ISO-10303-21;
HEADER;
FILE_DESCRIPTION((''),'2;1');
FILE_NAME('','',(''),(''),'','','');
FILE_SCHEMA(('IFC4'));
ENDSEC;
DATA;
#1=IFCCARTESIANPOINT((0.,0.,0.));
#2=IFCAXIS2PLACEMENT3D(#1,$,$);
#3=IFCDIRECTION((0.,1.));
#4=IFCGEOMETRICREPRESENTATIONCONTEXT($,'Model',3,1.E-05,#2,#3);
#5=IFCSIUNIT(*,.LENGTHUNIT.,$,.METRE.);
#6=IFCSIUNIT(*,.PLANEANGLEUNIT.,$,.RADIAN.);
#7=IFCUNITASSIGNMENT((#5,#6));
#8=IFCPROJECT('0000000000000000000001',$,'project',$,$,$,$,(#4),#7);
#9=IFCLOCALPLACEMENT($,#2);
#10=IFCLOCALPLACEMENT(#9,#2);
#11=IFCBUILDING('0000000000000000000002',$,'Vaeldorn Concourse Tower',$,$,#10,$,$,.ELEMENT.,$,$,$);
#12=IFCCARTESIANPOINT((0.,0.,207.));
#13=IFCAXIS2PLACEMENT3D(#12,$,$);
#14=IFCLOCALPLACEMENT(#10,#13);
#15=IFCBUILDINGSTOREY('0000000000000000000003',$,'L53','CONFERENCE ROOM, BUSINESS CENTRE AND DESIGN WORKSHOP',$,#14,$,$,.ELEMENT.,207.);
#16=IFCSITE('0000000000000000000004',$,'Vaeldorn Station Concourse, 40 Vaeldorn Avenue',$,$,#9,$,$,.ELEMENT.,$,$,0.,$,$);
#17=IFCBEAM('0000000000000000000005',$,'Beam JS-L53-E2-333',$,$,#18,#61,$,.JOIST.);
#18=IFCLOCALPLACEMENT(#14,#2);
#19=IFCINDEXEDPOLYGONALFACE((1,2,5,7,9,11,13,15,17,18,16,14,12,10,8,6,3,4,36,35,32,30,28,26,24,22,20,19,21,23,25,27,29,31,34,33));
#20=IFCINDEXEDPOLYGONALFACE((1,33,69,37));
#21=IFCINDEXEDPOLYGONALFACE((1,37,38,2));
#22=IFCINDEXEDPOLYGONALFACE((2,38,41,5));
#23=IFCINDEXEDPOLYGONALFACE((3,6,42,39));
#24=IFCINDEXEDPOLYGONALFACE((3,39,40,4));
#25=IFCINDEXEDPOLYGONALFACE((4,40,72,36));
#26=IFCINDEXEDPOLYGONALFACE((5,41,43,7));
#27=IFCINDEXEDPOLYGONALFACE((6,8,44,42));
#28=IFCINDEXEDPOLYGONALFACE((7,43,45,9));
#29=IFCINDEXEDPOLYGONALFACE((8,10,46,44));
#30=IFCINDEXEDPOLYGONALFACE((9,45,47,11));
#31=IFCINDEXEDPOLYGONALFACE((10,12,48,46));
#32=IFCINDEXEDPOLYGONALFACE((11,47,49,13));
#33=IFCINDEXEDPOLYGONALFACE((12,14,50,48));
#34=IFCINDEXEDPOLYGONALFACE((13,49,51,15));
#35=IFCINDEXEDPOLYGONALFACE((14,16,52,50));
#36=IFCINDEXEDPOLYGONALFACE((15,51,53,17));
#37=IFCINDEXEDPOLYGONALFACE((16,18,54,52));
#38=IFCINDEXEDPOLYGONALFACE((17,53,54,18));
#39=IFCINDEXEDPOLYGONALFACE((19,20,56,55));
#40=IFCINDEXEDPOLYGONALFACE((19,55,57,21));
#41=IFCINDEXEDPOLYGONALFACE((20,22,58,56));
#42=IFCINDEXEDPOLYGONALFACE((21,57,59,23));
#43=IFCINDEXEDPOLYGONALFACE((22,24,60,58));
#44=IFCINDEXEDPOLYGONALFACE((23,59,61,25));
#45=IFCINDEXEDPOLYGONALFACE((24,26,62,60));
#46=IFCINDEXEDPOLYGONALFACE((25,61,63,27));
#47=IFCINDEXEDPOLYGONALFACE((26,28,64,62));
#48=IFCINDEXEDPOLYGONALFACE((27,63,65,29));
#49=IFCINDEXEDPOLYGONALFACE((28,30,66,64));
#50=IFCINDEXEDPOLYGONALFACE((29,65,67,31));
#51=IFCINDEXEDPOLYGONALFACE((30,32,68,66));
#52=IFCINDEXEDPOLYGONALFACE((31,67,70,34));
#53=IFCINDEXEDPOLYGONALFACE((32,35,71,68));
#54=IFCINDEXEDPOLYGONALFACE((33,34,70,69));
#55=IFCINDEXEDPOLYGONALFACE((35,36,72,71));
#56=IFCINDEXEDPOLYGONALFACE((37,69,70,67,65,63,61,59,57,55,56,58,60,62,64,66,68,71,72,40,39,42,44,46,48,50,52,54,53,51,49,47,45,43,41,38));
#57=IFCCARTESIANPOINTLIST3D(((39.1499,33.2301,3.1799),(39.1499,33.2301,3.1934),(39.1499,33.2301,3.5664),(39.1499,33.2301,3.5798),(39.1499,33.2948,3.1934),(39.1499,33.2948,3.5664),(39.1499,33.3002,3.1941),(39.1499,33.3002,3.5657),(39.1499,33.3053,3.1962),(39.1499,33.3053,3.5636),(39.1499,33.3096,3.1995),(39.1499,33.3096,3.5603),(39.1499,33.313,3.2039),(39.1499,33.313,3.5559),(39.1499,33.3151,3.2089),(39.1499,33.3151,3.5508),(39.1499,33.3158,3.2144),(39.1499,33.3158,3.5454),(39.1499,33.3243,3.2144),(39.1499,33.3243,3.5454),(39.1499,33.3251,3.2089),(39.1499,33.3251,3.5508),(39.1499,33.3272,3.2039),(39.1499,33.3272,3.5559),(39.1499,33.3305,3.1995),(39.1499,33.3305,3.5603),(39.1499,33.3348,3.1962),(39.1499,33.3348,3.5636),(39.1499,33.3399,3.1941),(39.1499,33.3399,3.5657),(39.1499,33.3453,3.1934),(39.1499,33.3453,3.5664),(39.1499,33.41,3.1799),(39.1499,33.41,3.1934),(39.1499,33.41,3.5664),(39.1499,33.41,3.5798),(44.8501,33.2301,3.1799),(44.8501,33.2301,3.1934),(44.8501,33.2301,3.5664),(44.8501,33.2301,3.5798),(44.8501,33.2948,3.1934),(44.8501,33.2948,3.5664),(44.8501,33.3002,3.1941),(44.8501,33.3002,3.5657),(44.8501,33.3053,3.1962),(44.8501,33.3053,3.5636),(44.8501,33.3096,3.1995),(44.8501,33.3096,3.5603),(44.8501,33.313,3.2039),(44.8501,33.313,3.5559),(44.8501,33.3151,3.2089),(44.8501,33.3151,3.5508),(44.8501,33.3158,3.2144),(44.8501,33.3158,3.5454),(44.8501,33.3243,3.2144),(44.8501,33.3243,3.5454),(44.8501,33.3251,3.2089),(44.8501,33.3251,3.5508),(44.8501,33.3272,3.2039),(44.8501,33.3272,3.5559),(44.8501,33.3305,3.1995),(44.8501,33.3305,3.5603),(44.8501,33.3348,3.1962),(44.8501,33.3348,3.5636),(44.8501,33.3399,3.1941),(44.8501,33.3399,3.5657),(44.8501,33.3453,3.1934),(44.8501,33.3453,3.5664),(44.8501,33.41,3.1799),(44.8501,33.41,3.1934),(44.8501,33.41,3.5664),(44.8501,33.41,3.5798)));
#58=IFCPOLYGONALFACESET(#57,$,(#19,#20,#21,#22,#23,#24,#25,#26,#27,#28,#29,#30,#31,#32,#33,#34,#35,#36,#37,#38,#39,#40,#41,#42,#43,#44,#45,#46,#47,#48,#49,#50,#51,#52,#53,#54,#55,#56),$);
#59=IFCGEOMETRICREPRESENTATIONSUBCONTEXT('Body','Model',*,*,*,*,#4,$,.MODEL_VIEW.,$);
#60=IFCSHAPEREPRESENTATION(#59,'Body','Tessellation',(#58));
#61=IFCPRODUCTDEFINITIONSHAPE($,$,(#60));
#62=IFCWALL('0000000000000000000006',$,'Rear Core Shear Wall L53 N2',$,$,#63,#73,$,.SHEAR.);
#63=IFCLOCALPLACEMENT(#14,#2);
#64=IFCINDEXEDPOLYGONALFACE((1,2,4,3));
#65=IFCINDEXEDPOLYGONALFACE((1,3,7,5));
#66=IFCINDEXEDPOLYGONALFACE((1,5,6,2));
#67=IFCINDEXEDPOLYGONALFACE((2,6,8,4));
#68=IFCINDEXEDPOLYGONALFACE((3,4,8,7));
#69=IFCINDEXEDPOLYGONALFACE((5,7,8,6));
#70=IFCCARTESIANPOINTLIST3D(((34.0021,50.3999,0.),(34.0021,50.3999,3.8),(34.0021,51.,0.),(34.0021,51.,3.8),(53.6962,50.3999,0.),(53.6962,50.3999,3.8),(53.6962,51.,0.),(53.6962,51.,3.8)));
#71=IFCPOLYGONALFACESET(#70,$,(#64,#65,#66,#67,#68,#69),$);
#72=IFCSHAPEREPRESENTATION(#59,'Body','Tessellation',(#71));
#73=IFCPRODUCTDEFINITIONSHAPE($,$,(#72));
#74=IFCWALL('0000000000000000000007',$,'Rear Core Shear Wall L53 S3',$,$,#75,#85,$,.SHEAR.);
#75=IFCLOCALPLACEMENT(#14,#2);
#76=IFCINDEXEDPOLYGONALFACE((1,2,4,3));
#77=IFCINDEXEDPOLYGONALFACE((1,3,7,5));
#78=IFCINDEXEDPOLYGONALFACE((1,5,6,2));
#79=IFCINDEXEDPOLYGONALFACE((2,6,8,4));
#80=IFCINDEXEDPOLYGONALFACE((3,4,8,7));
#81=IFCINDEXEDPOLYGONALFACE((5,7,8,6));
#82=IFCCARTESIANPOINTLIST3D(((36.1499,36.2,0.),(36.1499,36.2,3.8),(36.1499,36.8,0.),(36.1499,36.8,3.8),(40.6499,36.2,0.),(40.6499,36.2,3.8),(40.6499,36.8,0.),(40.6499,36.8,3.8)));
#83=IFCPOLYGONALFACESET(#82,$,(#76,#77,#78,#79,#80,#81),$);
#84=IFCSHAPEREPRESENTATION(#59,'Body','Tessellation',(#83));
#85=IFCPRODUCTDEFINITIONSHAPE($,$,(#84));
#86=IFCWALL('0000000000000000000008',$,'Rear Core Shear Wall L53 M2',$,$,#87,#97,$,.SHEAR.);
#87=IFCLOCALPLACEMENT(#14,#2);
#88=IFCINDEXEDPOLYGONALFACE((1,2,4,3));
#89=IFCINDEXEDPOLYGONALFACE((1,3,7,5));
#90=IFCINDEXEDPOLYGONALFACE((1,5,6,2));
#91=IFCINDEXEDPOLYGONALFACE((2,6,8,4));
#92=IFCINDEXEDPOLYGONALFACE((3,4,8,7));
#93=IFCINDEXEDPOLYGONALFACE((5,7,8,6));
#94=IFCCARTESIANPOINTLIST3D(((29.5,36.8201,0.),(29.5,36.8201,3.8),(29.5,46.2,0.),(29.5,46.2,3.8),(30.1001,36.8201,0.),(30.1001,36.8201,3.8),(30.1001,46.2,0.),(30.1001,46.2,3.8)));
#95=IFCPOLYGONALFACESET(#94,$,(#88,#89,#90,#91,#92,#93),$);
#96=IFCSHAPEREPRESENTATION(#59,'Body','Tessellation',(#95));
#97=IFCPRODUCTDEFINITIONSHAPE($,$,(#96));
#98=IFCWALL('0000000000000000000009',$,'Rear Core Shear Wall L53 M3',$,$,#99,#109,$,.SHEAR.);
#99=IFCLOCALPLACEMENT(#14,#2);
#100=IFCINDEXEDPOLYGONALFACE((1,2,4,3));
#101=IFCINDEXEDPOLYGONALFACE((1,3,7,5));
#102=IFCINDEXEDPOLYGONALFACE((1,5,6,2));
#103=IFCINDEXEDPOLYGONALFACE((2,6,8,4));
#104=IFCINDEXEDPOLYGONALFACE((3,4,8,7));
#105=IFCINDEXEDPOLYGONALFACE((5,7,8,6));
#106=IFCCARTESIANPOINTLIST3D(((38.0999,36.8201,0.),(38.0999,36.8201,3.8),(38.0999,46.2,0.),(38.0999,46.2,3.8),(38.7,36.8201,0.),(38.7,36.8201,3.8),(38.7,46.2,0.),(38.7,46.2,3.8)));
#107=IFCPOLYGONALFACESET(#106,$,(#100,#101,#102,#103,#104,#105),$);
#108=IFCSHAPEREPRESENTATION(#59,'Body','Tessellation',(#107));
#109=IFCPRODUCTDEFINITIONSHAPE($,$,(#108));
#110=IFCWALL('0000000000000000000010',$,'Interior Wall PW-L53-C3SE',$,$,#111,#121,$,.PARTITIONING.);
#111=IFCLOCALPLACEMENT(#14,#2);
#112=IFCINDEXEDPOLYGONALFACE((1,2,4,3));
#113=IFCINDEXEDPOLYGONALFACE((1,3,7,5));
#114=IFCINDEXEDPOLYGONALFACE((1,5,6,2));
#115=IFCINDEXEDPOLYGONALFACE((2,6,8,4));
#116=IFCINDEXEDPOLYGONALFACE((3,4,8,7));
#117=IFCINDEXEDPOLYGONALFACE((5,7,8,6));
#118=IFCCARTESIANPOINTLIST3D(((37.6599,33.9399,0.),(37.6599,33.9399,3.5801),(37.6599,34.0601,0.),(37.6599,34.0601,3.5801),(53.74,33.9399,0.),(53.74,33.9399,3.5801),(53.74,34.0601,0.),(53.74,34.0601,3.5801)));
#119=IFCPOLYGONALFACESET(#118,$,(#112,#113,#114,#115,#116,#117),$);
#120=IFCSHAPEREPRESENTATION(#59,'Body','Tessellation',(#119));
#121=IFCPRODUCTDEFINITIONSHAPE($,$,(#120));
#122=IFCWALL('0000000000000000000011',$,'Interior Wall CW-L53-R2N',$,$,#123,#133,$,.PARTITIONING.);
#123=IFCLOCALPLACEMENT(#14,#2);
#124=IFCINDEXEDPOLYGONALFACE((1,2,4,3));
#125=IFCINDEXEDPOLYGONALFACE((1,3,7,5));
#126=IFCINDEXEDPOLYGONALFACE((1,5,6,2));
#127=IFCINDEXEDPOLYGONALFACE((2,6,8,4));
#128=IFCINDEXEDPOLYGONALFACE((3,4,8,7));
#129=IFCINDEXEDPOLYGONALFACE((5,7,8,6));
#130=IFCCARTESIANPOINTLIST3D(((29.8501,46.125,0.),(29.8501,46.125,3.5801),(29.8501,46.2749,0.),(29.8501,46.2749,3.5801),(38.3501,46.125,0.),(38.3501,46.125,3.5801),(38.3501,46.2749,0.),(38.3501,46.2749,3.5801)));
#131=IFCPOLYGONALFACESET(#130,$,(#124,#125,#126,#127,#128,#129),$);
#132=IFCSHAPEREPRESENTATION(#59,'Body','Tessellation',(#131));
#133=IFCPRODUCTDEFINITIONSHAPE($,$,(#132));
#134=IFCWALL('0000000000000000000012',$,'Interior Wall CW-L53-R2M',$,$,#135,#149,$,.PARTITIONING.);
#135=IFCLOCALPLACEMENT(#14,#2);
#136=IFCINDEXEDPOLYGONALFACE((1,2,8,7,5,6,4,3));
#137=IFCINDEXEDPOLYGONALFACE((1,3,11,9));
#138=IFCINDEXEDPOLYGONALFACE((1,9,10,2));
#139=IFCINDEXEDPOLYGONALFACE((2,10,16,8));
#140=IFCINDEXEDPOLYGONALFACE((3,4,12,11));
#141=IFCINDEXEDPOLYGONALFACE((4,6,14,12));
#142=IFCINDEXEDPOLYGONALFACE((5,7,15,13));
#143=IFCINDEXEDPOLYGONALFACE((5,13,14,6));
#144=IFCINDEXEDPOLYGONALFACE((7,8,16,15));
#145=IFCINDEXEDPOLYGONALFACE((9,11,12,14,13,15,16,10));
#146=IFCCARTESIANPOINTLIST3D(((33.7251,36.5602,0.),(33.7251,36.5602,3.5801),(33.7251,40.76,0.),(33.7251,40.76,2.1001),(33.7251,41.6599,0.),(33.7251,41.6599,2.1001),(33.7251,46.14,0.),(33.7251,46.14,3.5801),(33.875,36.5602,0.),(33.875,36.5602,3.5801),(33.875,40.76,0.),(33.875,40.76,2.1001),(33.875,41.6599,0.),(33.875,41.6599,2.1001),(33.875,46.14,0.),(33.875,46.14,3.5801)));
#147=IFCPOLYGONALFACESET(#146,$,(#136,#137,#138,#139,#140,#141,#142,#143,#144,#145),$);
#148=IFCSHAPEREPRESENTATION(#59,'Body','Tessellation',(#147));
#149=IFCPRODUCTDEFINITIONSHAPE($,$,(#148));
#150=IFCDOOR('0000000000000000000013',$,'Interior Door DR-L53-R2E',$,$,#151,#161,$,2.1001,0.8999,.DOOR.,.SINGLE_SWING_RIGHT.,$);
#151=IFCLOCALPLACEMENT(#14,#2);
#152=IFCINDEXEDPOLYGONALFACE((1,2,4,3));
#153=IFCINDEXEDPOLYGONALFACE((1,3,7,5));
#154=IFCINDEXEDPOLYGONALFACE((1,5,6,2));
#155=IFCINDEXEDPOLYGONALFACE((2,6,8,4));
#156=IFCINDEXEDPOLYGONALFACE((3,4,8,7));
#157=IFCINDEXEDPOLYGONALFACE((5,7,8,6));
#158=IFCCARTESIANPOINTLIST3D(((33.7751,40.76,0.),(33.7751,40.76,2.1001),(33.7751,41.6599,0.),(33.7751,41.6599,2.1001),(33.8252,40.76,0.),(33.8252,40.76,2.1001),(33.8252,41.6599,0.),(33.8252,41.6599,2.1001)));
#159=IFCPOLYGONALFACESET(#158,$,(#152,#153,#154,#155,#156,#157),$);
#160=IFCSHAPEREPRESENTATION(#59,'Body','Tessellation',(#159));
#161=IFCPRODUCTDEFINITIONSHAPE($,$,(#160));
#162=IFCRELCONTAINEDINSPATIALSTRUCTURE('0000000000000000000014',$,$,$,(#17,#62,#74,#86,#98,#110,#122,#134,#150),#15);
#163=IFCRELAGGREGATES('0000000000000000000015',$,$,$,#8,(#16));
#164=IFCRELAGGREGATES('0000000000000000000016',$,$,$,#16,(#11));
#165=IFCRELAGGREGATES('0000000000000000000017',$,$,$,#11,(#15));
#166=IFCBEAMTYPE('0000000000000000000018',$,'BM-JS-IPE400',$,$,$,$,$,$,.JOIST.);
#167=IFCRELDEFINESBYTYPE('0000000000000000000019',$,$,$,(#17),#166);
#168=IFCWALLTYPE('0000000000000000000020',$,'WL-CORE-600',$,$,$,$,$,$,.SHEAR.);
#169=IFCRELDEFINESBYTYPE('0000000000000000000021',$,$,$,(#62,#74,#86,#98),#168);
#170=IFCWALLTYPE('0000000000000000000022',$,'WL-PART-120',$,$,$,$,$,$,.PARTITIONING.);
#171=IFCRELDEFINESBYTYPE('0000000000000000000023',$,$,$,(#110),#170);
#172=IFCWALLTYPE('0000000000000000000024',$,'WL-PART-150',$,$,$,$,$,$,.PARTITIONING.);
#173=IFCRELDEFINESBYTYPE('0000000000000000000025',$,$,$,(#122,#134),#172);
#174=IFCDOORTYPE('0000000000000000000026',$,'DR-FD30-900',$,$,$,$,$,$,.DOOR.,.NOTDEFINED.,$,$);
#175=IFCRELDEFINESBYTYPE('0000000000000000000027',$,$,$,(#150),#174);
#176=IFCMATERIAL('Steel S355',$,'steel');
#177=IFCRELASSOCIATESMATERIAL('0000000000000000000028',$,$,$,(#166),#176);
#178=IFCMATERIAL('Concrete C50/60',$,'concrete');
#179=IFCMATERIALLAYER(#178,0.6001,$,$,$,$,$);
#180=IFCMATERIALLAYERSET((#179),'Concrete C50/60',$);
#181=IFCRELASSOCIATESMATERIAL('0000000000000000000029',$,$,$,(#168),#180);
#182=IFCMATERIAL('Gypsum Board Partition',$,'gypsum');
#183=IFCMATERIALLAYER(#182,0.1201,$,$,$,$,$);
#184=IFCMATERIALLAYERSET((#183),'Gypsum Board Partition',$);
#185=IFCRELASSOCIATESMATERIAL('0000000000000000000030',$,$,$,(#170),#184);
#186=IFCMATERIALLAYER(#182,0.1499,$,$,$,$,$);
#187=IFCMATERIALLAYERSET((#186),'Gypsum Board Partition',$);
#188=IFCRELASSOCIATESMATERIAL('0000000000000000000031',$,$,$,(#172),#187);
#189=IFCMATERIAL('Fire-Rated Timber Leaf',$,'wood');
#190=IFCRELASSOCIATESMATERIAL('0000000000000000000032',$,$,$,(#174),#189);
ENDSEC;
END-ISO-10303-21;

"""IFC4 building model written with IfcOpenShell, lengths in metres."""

from ifc_helpers import new_model, si_unit, direction, frame, frame_2d, origin, origin_2d, place, context, subcontext, project, spatial, rectangle, i_section, extrude, source, transform, mapped, material, layer, layer_set, material_profile, profile_set, type_object, element, fill, save


model = new_model("IFC4")

# Units and contexts
model_context = context("Model", 3, precision=1e-05, world=origin(), true_north=direction((0.0, 1.0)))
body_context = subcontext(model_context, "Body", "Model", "MODEL_VIEW")
ifc_project = project(units=[si_unit("LENGTHUNIT", "METRE"), si_unit("PLANEANGLEUNIT", "RADIAN")], contexts=[model_context])

# Site, building, storey
site_placement = place(None, origin())
site = spatial("IfcSite", under=ifc_project, at=site_placement, Name="Vaeldorn Station Concourse, 40 Vaeldorn Avenue", CompositionType="ELEMENT", RefElevation=0.0)
building_placement = place(site_placement, origin())
building = spatial("IfcBuilding", under=site, at=building_placement, Name="Vaeldorn Concourse Tower", CompositionType="ELEMENT")
storey_placement = place(building_placement, frame((0.0, 0.0, 207.0)))
storey = spatial("IfcBuildingStorey", under=building, at=storey_placement, Name="L53", Description="CONFERENCE ROOM, BUSINESS CENTRE AND DESIGN WORKSHOP", CompositionType="ELEMENT", Elevation=207.0)

# Beam
ifc_material_1 = material(Name="Steel S355", Category="steel")
ifc_material_profile_1 = material_profile(ifc_material_1, i_section(OverallWidth=0.1799, OverallDepth=0.3999, WebThickness=0.0085, FlangeThickness=0.0134, FilletRadius=0.021, at=origin_2d()), Name="IPE 400")
ifc_profile_set_1 = profile_set([ifc_material_profile_1], Name="Steel S355")
beam_type_1 = type_object("IfcBeamType", Name="BM-JS-IPE400", PredefinedType="JOIST", material=ifc_profile_set_1)
shared_shape_1 = source(origin(), body_context, "Body", "SweptSolid", [
    extrude(i_section(OverallWidth=0.1799, OverallDepth=0.3999, WebThickness=0.0085, FlangeThickness=0.0134, FilletRadius=0.021, at=origin_2d()), origin(), (0.0, 0.0, 1.0), 5.7002),
])
beam_1_placement = place(storey_placement, frame((39.1499, 33.3201, 3.3799), z_axis=(1.0, 0.0, 0.0), x_axis=(0.0, 1.0, 0.0)))
element("IfcBeam", 1, at=beam_1_placement, inside=storey, type_object=beam_type_1, Name="Beam JS-L53-E2-333", PredefinedType="JOIST", context=body_context, shape_type="MappedRepresentation", body=[
    mapped(shared_shape_1, transform((0.0, 0.0, 0.0), scale=1.0)),
])

# Walls
ifc_material_2 = material(Name="Concrete C50/60", Category="concrete")
ifc_layer_1 = layer(ifc_material_2, 0.6001)
ifc_layer_set_1 = layer_set([ifc_layer_1], Name="Concrete C50/60")
wall_type_1 = type_object("IfcWallType", Name="WL-CORE-600", PredefinedType="SHEAR", material=ifc_layer_set_1)
wall_1_placement = place(storey_placement, frame((34.002, 50.7, 0.0), z_axis=(0.0, 0.0, 1.0), x_axis=(1.0, 0.0, 0.0)))
element("IfcWall", 2, at=wall_1_placement, inside=storey, type_object=wall_type_1, Name="Rear Core Shear Wall L53 N2", PredefinedType="SHEAR", context=body_context, shape_type="SweptSolid", body=[
    extrude(rectangle(XDim=19.6941, YDim=0.6001, at=frame_2d((9.8472, 0.0))), origin(), (0.0, 0.0, 1.0), 3.8),
])
wall_2_placement = place(storey_placement, frame((36.1499, 36.5, 0.0), z_axis=(0.0, 0.0, 1.0), x_axis=(1.0, 0.0, 0.0)))
element("IfcWall", 3, at=wall_2_placement, inside=storey, type_object=wall_type_1, Name="Rear Core Shear Wall L53 S3", PredefinedType="SHEAR", context=body_context, shape_type="SweptSolid", body=[
    extrude(rectangle(XDim=4.5, YDim=0.6001, at=frame_2d((2.25, 0.0))), origin(), (0.0, 0.0, 1.0), 3.8),
])
for number, where, z_axis, x_axis, name in (
    (4, (29.8, 36.8201, 0.0), (0.0, 0.0, 1.0), (0.0, 1.0, 0.0), "Rear Core Shear Wall L53 M2"),
    (5, (38.3999, 36.8201, 0.0), (0.0, 0.0, 1.0), (0.0, 1.0, 0.0), "Rear Core Shear Wall L53 M3"),
):
    element("IfcWall", number, at=place(storey_placement, frame(where, z_axis=z_axis, x_axis=x_axis)), inside=storey, type_object=wall_type_1, Name=name, PredefinedType="SHEAR", context=body_context, shape_type="SweptSolid", body=[
        extrude(rectangle(XDim=9.3799, YDim=0.6001, at=frame_2d((4.6899, 0.0))), origin(), (0.0, 0.0, 1.0), 3.8),
    ])
ifc_material_3 = material(Name="Gypsum Board Partition", Category="gypsum")
ifc_layer_2 = layer(ifc_material_3, 0.1201)
ifc_layer_set_2 = layer_set([ifc_layer_2], Name="Gypsum Board Partition")
wall_type_2 = type_object("IfcWallType", Name="WL-PART-120", PredefinedType="PARTITIONING", material=ifc_layer_set_2)
wall_3_placement = place(storey_placement, frame((37.6599, 34.0, 0.0), z_axis=(0.0, 0.0, 1.0), x_axis=(1.0, 0.0, 0.0)))
element("IfcWall", 6, at=wall_3_placement, inside=storey, type_object=wall_type_2, Name="Interior Wall PW-L53-C3SE", PredefinedType="PARTITIONING", context=body_context, shape_type="SweptSolid", body=[
    extrude(rectangle(XDim=16.0801, YDim=0.1201, at=frame_2d((8.04, 0.0))), origin(), (0.0, 0.0, 1.0), 3.5801),
])
ifc_layer_3 = layer(ifc_material_3, 0.1499)
ifc_layer_set_3 = layer_set([ifc_layer_3], Name="Gypsum Board Partition")
wall_type_3 = type_object("IfcWallType", Name="WL-PART-150", PredefinedType="PARTITIONING", material=ifc_layer_set_3)
wall_4_placement = place(storey_placement, frame((29.8501, 46.2, 0.0), z_axis=(0.0, 0.0, 1.0), x_axis=(1.0, 0.0, 0.0)))
element("IfcWall", 7, at=wall_4_placement, inside=storey, type_object=wall_type_3, Name="Interior Wall CW-L53-R2N", PredefinedType="PARTITIONING", context=body_context, shape_type="SweptSolid", body=[
    extrude(rectangle(XDim=8.5, YDim=0.1499, at=frame_2d((4.25, 0.0))), origin(), (0.0, 0.0, 1.0), 3.5801),
])

# Wall, opening, door
wall_5_placement = place(storey_placement, frame((33.8, 36.5601, 0.0), z_axis=(0.0, 0.0, 1.0), x_axis=(0.0, 1.0, 0.0)))
wall_5 = element("IfcWall", 8, at=wall_5_placement, inside=storey, type_object=wall_type_3, Name="Interior Wall CW-L53-R2M", PredefinedType="PARTITIONING", context=body_context, shape_type="SweptSolid", body=[
    extrude(rectangle(XDim=9.5798, YDim=0.1499, at=frame_2d((4.79, 0.0))), origin(), (0.0, 0.0, 1.0), 3.5801),
])
opening_1_placement = place(wall_5_placement, frame((4.2, 0.0, 0.0)))
opening_1 = element("IfcOpeningElement", 9, at=opening_1_placement, cuts=wall_5, PredefinedType="OPENING", context=body_context, shape_type="SweptSolid", body=[
    extrude(rectangle(XDim=0.8999, YDim=2.1001, at=frame_2d((0.45, 1.05))), frame((0.0, 0.085, 0.0), z_axis=(0.0, -1.0, 0.0), x_axis=(1.0, 0.0, 0.0)), (0.0, 0.0, 1.0), 0.1699),
])
ifc_material_4 = material(Name="Fire-Rated Timber Leaf", Category="wood")
door_type_1 = type_object("IfcDoorType", Name="DR-FD30-900", OperationType="NOTDEFINED", PredefinedType="DOOR", material=ifc_material_4)
shared_shape_2 = source(origin(), body_context, "Body", "SweptSolid", [
    extrude(rectangle(XDim=0.8999, YDim=2.1001, at=frame_2d((0.45, 1.05))), frame((0.0, 0.0249, 0.0), z_axis=(0.0, -1.0, 0.0), x_axis=(1.0, 0.0, 0.0)), (0.0, 0.0, 1.0), 0.05),
])
door_1_placement = place(opening_1_placement, origin())
door_1 = element("IfcDoor", 10, at=door_1_placement, inside=storey, type_object=door_type_1, Name="Interior Door DR-L53-R2E", OperationType="SINGLE_SWING_RIGHT", OverallHeight=2.1001, OverallWidth=0.8999, PredefinedType="DOOR", context=body_context, shape_type="MappedRepresentation", body=[
    mapped(shared_shape_2, transform((0.0, 0.0, 0.0), scale=1.0)),
])
fill(opening_1, door_1)

save(model, "model.ifc")
